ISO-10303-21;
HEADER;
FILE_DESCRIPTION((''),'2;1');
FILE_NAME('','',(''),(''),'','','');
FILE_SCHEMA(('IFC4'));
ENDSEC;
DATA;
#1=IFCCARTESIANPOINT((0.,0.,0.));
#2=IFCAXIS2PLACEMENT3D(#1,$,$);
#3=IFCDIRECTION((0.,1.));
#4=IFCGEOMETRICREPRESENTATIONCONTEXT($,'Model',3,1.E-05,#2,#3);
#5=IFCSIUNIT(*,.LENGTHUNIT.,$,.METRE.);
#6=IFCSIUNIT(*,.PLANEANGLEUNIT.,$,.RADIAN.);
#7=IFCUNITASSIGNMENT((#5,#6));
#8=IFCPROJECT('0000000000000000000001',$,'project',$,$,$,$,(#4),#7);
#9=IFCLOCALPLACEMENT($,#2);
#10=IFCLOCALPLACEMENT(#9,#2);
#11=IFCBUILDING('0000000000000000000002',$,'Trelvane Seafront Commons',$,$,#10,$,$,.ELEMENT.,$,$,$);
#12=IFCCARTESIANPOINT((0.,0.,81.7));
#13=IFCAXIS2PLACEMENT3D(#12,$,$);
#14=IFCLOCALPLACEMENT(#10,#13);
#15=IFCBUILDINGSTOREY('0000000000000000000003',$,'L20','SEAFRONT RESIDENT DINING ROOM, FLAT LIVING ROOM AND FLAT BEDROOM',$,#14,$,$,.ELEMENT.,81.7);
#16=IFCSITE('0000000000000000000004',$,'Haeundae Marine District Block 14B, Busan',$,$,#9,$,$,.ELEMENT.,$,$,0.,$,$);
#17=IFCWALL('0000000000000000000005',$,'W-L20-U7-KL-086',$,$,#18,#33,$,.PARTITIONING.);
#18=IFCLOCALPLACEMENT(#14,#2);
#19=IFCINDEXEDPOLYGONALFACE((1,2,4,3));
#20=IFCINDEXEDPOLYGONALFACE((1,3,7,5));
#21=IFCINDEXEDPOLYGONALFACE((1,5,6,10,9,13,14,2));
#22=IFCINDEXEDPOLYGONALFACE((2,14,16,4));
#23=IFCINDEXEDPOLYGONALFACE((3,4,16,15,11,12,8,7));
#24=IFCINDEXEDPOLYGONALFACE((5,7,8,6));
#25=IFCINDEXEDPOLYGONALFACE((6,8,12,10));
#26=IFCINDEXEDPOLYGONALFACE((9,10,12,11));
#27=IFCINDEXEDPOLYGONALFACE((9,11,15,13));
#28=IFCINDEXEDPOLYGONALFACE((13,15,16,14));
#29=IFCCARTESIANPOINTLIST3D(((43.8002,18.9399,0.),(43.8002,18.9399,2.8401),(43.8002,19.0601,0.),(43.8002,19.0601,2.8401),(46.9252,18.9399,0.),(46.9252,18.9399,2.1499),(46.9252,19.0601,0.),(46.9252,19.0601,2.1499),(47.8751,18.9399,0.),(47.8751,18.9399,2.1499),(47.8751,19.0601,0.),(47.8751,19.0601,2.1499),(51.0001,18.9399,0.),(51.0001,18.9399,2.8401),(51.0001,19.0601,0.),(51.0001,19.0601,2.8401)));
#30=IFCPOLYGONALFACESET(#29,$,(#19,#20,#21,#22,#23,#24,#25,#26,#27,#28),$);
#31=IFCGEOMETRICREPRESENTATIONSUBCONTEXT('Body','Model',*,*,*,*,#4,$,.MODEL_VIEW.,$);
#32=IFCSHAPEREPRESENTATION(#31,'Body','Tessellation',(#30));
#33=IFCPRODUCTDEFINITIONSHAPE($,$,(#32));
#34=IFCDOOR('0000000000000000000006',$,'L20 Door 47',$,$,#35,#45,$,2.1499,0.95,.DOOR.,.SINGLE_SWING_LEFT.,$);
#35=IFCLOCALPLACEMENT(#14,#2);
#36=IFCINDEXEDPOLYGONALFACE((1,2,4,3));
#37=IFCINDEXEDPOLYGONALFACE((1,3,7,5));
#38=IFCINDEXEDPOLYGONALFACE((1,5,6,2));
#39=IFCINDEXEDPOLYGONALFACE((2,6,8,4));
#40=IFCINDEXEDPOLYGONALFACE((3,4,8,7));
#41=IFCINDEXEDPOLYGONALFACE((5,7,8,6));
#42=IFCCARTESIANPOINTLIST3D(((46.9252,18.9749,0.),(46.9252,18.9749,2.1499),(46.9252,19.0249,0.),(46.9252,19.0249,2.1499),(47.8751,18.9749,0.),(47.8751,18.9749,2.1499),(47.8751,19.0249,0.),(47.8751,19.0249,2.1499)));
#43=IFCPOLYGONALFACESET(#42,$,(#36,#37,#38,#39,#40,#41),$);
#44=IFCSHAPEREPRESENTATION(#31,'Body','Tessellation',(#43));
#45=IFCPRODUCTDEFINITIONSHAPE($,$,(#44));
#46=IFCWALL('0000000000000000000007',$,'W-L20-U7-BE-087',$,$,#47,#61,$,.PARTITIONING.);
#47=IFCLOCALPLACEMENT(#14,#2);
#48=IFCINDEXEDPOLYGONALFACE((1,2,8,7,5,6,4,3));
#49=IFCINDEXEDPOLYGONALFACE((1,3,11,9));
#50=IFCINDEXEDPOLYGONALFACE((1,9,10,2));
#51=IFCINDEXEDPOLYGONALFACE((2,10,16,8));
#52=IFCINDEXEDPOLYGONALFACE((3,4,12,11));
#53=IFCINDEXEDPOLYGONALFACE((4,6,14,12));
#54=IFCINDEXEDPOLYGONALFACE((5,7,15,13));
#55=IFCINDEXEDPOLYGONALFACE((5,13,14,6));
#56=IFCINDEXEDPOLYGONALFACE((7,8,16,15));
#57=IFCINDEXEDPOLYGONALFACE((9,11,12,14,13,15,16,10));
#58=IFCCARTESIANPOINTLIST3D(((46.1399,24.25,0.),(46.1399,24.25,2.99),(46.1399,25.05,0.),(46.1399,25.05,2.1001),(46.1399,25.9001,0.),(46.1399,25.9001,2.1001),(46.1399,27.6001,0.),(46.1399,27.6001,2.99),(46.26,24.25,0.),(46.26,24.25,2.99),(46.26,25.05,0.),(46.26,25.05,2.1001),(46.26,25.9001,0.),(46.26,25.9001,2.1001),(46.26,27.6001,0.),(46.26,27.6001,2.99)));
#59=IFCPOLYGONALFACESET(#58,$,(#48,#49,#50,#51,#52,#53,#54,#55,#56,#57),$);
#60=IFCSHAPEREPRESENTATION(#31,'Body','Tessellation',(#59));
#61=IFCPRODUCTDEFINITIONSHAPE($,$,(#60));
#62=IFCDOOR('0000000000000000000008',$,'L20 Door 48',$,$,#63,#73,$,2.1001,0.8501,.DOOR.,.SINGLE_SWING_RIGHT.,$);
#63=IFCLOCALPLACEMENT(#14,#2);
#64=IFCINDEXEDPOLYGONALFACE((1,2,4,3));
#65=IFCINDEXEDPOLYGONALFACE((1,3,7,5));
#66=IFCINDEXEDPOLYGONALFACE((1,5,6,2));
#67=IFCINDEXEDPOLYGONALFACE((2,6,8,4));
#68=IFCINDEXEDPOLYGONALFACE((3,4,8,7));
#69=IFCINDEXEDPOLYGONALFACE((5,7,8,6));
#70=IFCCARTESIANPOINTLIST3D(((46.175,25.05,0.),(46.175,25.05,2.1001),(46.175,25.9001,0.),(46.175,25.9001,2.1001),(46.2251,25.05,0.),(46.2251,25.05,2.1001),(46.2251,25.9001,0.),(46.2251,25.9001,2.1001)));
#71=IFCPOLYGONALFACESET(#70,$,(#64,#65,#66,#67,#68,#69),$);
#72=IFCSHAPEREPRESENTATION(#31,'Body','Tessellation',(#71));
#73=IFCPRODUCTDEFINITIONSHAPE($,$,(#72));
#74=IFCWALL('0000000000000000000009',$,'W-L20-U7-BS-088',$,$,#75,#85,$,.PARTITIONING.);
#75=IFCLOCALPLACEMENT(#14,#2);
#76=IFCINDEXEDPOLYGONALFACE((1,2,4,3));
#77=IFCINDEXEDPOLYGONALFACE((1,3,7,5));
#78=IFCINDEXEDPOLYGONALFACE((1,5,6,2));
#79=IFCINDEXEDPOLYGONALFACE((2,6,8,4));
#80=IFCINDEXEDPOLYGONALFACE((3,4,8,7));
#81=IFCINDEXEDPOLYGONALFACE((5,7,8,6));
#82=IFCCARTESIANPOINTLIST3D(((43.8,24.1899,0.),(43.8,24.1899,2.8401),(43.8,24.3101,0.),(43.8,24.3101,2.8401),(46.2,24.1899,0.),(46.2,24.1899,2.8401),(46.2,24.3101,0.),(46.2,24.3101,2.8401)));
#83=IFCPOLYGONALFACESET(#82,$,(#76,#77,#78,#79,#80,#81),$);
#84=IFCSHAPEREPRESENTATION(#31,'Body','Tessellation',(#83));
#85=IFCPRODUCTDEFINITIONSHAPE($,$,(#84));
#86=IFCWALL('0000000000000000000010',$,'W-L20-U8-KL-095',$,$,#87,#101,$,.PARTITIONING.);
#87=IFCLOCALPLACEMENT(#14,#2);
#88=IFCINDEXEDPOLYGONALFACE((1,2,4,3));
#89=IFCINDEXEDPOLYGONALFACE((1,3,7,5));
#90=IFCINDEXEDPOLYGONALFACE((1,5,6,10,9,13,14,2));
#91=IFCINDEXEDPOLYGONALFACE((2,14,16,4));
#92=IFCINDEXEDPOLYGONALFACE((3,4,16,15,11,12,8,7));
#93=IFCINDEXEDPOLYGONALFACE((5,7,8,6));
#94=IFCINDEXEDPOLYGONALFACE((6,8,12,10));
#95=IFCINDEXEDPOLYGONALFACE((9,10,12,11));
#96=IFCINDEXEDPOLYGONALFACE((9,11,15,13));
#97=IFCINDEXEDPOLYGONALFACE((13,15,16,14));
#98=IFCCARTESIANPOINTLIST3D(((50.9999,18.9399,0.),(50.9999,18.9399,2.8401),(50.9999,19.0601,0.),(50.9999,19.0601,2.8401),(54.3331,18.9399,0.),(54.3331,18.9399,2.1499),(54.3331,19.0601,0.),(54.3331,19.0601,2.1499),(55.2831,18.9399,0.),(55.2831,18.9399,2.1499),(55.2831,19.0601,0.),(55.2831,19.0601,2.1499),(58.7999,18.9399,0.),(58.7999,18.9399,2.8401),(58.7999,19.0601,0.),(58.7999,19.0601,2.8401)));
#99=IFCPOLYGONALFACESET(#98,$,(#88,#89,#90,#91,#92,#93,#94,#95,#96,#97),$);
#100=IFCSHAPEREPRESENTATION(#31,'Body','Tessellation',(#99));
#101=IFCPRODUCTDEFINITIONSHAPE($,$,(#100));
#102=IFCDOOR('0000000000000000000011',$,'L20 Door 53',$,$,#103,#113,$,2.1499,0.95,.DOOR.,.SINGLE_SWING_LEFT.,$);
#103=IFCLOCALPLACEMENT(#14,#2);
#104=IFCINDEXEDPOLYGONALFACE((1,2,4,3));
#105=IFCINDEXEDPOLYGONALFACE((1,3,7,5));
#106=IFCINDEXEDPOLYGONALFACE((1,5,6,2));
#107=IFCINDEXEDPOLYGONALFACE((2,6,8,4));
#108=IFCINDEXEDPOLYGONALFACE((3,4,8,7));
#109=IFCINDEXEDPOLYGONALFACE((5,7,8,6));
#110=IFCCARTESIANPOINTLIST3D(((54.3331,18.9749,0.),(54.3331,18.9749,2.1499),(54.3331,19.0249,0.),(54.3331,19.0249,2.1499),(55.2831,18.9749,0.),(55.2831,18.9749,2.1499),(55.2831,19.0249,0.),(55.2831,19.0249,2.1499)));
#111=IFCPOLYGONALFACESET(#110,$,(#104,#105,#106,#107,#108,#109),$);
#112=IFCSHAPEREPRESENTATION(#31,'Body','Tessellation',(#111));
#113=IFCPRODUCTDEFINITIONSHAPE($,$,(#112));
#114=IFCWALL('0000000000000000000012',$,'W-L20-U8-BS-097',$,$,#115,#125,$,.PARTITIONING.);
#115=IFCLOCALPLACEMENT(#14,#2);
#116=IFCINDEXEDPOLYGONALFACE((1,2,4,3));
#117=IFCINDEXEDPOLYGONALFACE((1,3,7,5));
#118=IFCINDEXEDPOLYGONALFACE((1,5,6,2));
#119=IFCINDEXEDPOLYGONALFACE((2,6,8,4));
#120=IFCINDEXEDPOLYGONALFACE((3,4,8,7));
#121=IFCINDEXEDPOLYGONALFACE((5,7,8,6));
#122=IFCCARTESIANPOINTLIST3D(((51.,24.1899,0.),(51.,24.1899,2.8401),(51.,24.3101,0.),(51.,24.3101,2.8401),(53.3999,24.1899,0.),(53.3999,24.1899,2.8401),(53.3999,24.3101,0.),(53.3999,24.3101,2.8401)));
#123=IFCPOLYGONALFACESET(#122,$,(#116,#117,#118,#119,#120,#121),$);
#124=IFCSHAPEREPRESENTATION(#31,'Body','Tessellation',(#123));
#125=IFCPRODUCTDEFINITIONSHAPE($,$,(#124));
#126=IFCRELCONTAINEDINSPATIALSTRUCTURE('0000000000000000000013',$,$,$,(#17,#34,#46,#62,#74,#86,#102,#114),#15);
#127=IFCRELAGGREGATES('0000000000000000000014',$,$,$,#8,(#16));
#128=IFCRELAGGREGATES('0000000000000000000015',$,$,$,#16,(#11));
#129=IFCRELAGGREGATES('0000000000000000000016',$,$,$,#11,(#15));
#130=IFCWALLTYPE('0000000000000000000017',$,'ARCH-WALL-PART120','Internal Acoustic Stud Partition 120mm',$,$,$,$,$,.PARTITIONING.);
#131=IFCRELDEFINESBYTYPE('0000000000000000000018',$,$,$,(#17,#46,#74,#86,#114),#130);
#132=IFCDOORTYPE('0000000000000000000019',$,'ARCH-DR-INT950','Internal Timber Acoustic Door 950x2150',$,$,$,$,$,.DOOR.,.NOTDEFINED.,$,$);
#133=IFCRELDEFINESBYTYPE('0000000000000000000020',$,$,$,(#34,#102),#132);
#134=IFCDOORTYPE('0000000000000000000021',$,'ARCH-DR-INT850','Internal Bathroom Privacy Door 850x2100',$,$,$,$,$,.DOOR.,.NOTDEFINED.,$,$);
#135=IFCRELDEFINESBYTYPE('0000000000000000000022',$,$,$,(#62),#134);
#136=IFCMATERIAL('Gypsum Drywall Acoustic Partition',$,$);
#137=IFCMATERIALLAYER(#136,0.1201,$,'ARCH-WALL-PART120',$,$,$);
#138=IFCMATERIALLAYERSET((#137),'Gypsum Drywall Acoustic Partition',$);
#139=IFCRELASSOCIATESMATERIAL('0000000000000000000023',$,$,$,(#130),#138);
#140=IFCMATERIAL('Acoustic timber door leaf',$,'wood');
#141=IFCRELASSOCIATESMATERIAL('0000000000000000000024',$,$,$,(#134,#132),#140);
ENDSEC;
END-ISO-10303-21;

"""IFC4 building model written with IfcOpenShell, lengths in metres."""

from ifc_helpers import new_model, si_unit, direction, frame, frame_2d, origin, place, context, subcontext, project, spatial, rectangle, extrude, source, transform, mapped, material, layer, layer_set, type_object, element, fill, save


model = new_model("IFC4")

# Units and contexts
model_context = context("Model", 3, precision=1e-05, world=origin(), true_north=direction((0.0, 1.0)))
body_context = subcontext(model_context, "Body", "Model", "MODEL_VIEW")
ifc_project = project(units=[si_unit("LENGTHUNIT", "METRE"), si_unit("PLANEANGLEUNIT", "RADIAN")], contexts=[model_context])

# Site, building, storey
site_placement = place(None, origin())
site = spatial("IfcSite", under=ifc_project, at=site_placement, Name="Haeundae Marine District Block 14B, Busan", CompositionType="ELEMENT", RefElevation=0.0)
building_placement = place(site_placement, origin())
building = spatial("IfcBuilding", under=site, at=building_placement, Name="Trelvane Seafront Commons", CompositionType="ELEMENT")
storey_placement = place(building_placement, frame((0.0, 0.0, 81.7)))
storey = spatial("IfcBuildingStorey", under=building, at=storey_placement, Name="L20", Description="SEAFRONT RESIDENT DINING ROOM, FLAT LIVING ROOM AND FLAT BEDROOM", CompositionType="ELEMENT", Elevation=81.7)

# Walls, openings, doors
ifc_material_1 = material(Name="Gypsum Drywall Acoustic Partition")
ifc_layer = layer(ifc_material_1, 0.1201, Name="ARCH-WALL-PART120")
ifc_layer_set = layer_set([ifc_layer], Name="Gypsum Drywall Acoustic Partition")
wall_type = type_object("IfcWallType", Name="ARCH-WALL-PART120", Description="Internal Acoustic Stud Partition 120mm", PredefinedType="PARTITIONING", material=ifc_layer_set)
ifc_material_2 = material(Name="Acoustic timber door leaf", Category="wood")
door_type_1 = type_object("IfcDoorType", Name="ARCH-DR-INT850", Description="Internal Bathroom Privacy Door 850x2100", OperationType="NOTDEFINED", PredefinedType="DOOR", material=ifc_material_2)
shared_shape_1 = source(origin(), body_context, "Body", "SweptSolid", [
    extrude(rectangle(XDim=0.8501, YDim=2.1001, at=frame_2d((0.425, 1.05))), frame((0.0, 0.0249, 0.0), z_axis=(0.0, -1.0, 0.0), x_axis=(1.0, 0.0, 0.0)), (0.0, 0.0, 1.0), 0.05),
])
wall_1_placement = place(storey_placement, frame((43.8, 19.0, 0.0), z_axis=(0.0, 0.0, 1.0), x_axis=(1.0, 0.0, 0.0)))
wall_1 = element("IfcWall", 1, at=wall_1_placement, inside=storey, type_object=wall_type, Name="W-L20-U7-KL-086", PredefinedType="PARTITIONING", context=body_context, shape_type="SweptSolid", body=[
    extrude(rectangle(XDim=7.2, YDim=0.1201, at=frame_2d((3.6001, 0.0))), origin(), (0.0, 0.0, 1.0), 2.8401),
])
opening_1_placement = place(wall_1_placement, frame((3.125, 0.0, 0.0)))
opening_1 = element("IfcOpeningElement", 2, at=opening_1_placement, cuts=wall_1, PredefinedType="OPENING", context=body_context, shape_type="SweptSolid", body=[
    extrude(rectangle(XDim=0.95, YDim=2.1499, at=frame_2d((0.4751, 1.075))), frame((0.0, 0.0701, 0.0), z_axis=(0.0, -1.0, 0.0), x_axis=(1.0, 0.0, 0.0)), (0.0, 0.0, 1.0), 0.1401),
])
door_type_2 = type_object("IfcDoorType", Name="ARCH-DR-INT950", Description="Internal Timber Acoustic Door 950x2150", OperationType="NOTDEFINED", PredefinedType="DOOR", material=ifc_material_2)
shared_shape_2 = source(origin(), body_context, "Body", "SweptSolid", [
    extrude(rectangle(XDim=0.95, YDim=2.1499, at=frame_2d((0.4751, 1.075))), frame((0.0, 0.0249, 0.0), z_axis=(0.0, -1.0, 0.0), x_axis=(1.0, 0.0, 0.0)), (0.0, 0.0, 1.0), 0.05),
])
door_1_placement = place(opening_1_placement, origin())
door_1 = element("IfcDoor", 3, at=door_1_placement, inside=storey, type_object=door_type_2, Name="L20 Door 47", OperationType="SINGLE_SWING_LEFT", OverallHeight=2.1499, OverallWidth=0.95, PredefinedType="DOOR", context=body_context, shape_type="MappedRepresentation", body=[
    mapped(shared_shape_2, transform((0.0, 0.0, 0.0), x_axis=(1.0, 0.0, 0.0), y_axis=(0.0, 1.0, 0.0), z_axis=(0.0, 0.0, 1.0), scale=1.0)),
])
fill(opening_1, door_1)
wall_2_placement = place(storey_placement, frame((46.2, 24.25, 0.0), z_axis=(0.0, 0.0, 1.0), x_axis=(0.0, 1.0, 0.0)))
wall_2 = element("IfcWall", 4, at=wall_2_placement, inside=storey, type_object=wall_type, Name="W-L20-U7-BE-087", PredefinedType="PARTITIONING", context=body_context, shape_type="SweptSolid", body=[
    extrude(rectangle(XDim=3.3501, YDim=0.1201, at=frame_2d((1.675, 0.0))), origin(), (0.0, 0.0, 1.0), 2.99),
])
opening_2_placement = place(wall_2_placement, frame((0.8, 0.0, 0.0)))
opening_2 = element("IfcOpeningElement", 5, at=opening_2_placement, cuts=wall_2, PredefinedType="OPENING", context=body_context, shape_type="SweptSolid", body=[
    extrude(rectangle(XDim=0.8501, YDim=2.1001, at=frame_2d((0.425, 1.05))), frame((0.0, 0.0701, 0.0), z_axis=(0.0, -1.0, 0.0), x_axis=(1.0, 0.0, 0.0)), (0.0, 0.0, 1.0), 0.1401),
])
door_2_placement = place(opening_2_placement, origin())
door_2 = element("IfcDoor", 6, at=door_2_placement, inside=storey, type_object=door_type_1, Name="L20 Door 48", OperationType="SINGLE_SWING_RIGHT", OverallHeight=2.1001, OverallWidth=0.8501, PredefinedType="DOOR", context=body_context, shape_type="MappedRepresentation", body=[
    mapped(shared_shape_1, transform((0.0, 0.0, 0.0), x_axis=(1.0, 0.0, 0.0), y_axis=(0.0, 1.0, 0.0), z_axis=(0.0, 0.0, 1.0), scale=1.0)),
])
fill(opening_2, door_2)

# Wall
wall_3_placement = place(storey_placement, frame((43.8, 24.25, 0.0), z_axis=(0.0, 0.0, 1.0), x_axis=(1.0, 0.0, 0.0)))
element("IfcWall", 7, at=wall_3_placement, inside=storey, type_object=wall_type, Name="W-L20-U7-BS-088", PredefinedType="PARTITIONING", context=body_context, shape_type="SweptSolid", body=[
    extrude(rectangle(XDim=2.3999, YDim=0.1201, at=frame_2d((1.2, 0.0))), origin(), (0.0, 0.0, 1.0), 2.8401),
])

# Wall, opening, door
wall_4_placement = place(storey_placement, frame((51.0, 19.0, 0.0), z_axis=(0.0, 0.0, 1.0), x_axis=(1.0, 0.0, 0.0)))
wall_4 = element("IfcWall", 8, at=wall_4_placement, inside=storey, type_object=wall_type, Name="W-L20-U8-KL-095", PredefinedType="PARTITIONING", context=body_context, shape_type="SweptSolid", body=[
    extrude(rectangle(XDim=7.8, YDim=0.1201, at=frame_2d((3.8999, 0.0))), origin(), (0.0, 0.0, 1.0), 2.8401),
])
opening_3_placement = place(wall_4_placement, frame((3.333, 0.0, 0.0)))
opening_3 = element("IfcOpeningElement", 9, at=opening_3_placement, cuts=wall_4, PredefinedType="OPENING", context=body_context, shape_type="SweptSolid", body=[
    extrude(rectangle(XDim=0.95, YDim=2.1499, at=frame_2d((0.4751, 1.075))), frame((0.0, 0.0701, 0.0), z_axis=(0.0, -1.0, 0.0), x_axis=(1.0, 0.0, 0.0)), (0.0, 0.0, 1.0), 0.1401),
])
door_3_placement = place(opening_3_placement, origin())
door_3 = element("IfcDoor", 10, at=door_3_placement, inside=storey, type_object=door_type_2, Name="L20 Door 53", OperationType="SINGLE_SWING_LEFT", OverallHeight=2.1499, OverallWidth=0.95, PredefinedType="DOOR", context=body_context, shape_type="MappedRepresentation", body=[
    mapped(shared_shape_2, transform((0.0, 0.0, 0.0), x_axis=(1.0, 0.0, 0.0), y_axis=(0.0, 1.0, 0.0), z_axis=(0.0, 0.0, 1.0), scale=1.0)),
])
fill(opening_3, door_3)

# Wall
wall_5_placement = place(storey_placement, frame((51.0, 24.25, 0.0), z_axis=(0.0, 0.0, 1.0), x_axis=(1.0, 0.0, 0.0)))
element("IfcWall", 11, at=wall_5_placement, inside=storey, type_object=wall_type, Name="W-L20-U8-BS-097", PredefinedType="PARTITIONING", context=body_context, shape_type="SweptSolid", body=[
    extrude(rectangle(XDim=2.3999, YDim=0.1201, at=frame_2d((1.2, 0.0))), origin(), (0.0, 0.0, 1.0), 2.8401),
])

save(model, "model.ifc")
